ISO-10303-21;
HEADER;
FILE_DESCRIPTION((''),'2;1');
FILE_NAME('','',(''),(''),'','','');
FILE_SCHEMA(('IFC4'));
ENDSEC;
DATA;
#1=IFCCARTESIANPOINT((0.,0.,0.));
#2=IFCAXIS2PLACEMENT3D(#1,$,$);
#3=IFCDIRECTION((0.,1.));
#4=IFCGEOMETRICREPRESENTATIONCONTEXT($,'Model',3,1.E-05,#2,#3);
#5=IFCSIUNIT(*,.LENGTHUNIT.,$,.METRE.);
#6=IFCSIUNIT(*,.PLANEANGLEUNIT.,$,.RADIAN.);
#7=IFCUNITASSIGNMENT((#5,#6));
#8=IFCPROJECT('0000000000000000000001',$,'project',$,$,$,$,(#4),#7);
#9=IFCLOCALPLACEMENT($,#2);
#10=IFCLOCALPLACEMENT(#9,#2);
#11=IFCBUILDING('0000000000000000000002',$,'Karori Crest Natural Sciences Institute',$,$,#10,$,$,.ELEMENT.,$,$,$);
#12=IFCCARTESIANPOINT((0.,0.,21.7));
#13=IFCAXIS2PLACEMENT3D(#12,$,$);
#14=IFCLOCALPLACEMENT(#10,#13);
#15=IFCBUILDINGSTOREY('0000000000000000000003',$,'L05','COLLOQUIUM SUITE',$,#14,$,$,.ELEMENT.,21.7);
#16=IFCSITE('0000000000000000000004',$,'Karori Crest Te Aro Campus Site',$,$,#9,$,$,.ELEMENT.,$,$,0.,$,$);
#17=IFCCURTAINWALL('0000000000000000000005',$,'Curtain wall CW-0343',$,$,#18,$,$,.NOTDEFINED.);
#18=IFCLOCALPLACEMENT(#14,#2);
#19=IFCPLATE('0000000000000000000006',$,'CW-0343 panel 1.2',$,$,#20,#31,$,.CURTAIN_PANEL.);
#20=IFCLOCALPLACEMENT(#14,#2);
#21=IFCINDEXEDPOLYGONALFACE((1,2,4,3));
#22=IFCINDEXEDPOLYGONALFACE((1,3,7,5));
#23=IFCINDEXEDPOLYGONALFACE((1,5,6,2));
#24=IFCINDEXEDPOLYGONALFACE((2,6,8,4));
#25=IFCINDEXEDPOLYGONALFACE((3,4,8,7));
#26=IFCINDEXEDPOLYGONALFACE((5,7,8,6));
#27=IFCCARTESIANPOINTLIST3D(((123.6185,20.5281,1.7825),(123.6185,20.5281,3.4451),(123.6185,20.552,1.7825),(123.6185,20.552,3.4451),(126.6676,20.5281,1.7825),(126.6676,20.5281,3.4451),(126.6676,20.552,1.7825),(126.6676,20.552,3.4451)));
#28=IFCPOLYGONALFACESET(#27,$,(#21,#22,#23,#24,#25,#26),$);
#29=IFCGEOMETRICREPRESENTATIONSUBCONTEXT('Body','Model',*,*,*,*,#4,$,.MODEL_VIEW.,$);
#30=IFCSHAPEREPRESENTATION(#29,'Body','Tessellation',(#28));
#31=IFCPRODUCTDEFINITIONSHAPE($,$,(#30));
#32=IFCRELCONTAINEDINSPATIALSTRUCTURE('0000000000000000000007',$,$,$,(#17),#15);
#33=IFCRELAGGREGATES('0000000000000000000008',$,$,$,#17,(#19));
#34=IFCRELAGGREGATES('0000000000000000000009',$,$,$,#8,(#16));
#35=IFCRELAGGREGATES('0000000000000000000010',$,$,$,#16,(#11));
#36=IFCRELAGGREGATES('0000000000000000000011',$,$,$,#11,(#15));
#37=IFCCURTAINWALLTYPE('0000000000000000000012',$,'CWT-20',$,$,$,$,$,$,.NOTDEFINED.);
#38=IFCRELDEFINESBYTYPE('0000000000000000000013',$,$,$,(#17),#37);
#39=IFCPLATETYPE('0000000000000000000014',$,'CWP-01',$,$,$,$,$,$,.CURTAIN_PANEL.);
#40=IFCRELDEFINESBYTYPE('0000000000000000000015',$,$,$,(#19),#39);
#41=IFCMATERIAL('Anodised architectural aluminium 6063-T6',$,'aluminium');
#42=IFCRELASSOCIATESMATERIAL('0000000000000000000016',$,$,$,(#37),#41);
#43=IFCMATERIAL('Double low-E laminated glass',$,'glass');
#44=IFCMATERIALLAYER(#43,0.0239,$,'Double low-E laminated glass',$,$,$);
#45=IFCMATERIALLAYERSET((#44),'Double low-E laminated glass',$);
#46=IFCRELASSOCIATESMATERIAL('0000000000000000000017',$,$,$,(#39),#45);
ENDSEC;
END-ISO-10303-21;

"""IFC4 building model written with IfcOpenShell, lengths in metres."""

from ifc_helpers import new_model, si_unit, direction, frame, origin, origin_2d, place, context, subcontext, project, spatial, rectangle, extrude, material, layer, layer_set, type_object, element, aggregate, save


model = new_model("IFC4")

# Units and contexts
model_context = context("Model", 3, precision=1e-05, world=origin(), true_north=direction((0.0, 1.0)))
body_context = subcontext(model_context, "Body", "Model", "MODEL_VIEW")
ifc_project = project(units=[si_unit("LENGTHUNIT", "METRE"), si_unit("PLANEANGLEUNIT", "RADIAN")], contexts=[model_context])

# Site, building, storey
site_placement = place(None, origin())
site = spatial("IfcSite", under=ifc_project, at=site_placement, Name="Karori Crest Te Aro Campus Site", CompositionType="ELEMENT", RefElevation=0.0)
building_placement = place(site_placement, origin())
building = spatial("IfcBuilding", under=site, at=building_placement, Name="Karori Crest Natural Sciences Institute", CompositionType="ELEMENT")
storey_placement = place(building_placement, frame((0.0, 0.0, 21.7)))
storey = spatial("IfcBuildingStorey", under=building, at=storey_placement, Name="L05", Description="COLLOQUIUM SUITE", CompositionType="ELEMENT", Elevation=21.7)

# Shared definitions
ifc_material_1 = material(Name="Anodised architectural aluminium 6063-T6", Category="aluminium")
curtain_wall_type = type_object("IfcCurtainWallType", Name="CWT-20", PredefinedType="NOTDEFINED", material=ifc_material_1)

# Curtain wall
curtain_wall_1_placement = place(storey_placement, origin())
curtain_wall_1 = element("IfcCurtainWall", 1, at=curtain_wall_1_placement, inside=storey, type_object=curtain_wall_type, Name="Curtain wall CW-0343", PredefinedType="NOTDEFINED")

# Plate
ifc_material_2 = material(Name="Double low-E laminated glass", Category="glass")
ifc_layer = layer(ifc_material_2, 0.0239, Name="Double low-E laminated glass")
ifc_layer_set = layer_set([ifc_layer], Name="Double low-E laminated glass")
plate_type = type_object("IfcPlateType", Name="CWP-01", PredefinedType="CURTAIN_PANEL", material=ifc_layer_set)
plate_1_placement = place(storey_placement, frame((125.1431, 20.54, 1.7825), z_axis=(0.0, 0.0, 1.0), x_axis=(1.0, 0.0, 0.0)))
plate_1 = element("IfcPlate", 2, at=plate_1_placement, type_object=plate_type, Name="CW-0343 panel 1.2", PredefinedType="CURTAIN_PANEL", context=body_context, shape_type="SweptSolid", body=[
    extrude(rectangle(XDim=3.0491, YDim=0.0239, at=origin_2d()), origin(), (0.0, 0.0, 1.0), 1.6626),
])
aggregate(curtain_wall_1, [plate_1])

save(model, "model.ifc")
